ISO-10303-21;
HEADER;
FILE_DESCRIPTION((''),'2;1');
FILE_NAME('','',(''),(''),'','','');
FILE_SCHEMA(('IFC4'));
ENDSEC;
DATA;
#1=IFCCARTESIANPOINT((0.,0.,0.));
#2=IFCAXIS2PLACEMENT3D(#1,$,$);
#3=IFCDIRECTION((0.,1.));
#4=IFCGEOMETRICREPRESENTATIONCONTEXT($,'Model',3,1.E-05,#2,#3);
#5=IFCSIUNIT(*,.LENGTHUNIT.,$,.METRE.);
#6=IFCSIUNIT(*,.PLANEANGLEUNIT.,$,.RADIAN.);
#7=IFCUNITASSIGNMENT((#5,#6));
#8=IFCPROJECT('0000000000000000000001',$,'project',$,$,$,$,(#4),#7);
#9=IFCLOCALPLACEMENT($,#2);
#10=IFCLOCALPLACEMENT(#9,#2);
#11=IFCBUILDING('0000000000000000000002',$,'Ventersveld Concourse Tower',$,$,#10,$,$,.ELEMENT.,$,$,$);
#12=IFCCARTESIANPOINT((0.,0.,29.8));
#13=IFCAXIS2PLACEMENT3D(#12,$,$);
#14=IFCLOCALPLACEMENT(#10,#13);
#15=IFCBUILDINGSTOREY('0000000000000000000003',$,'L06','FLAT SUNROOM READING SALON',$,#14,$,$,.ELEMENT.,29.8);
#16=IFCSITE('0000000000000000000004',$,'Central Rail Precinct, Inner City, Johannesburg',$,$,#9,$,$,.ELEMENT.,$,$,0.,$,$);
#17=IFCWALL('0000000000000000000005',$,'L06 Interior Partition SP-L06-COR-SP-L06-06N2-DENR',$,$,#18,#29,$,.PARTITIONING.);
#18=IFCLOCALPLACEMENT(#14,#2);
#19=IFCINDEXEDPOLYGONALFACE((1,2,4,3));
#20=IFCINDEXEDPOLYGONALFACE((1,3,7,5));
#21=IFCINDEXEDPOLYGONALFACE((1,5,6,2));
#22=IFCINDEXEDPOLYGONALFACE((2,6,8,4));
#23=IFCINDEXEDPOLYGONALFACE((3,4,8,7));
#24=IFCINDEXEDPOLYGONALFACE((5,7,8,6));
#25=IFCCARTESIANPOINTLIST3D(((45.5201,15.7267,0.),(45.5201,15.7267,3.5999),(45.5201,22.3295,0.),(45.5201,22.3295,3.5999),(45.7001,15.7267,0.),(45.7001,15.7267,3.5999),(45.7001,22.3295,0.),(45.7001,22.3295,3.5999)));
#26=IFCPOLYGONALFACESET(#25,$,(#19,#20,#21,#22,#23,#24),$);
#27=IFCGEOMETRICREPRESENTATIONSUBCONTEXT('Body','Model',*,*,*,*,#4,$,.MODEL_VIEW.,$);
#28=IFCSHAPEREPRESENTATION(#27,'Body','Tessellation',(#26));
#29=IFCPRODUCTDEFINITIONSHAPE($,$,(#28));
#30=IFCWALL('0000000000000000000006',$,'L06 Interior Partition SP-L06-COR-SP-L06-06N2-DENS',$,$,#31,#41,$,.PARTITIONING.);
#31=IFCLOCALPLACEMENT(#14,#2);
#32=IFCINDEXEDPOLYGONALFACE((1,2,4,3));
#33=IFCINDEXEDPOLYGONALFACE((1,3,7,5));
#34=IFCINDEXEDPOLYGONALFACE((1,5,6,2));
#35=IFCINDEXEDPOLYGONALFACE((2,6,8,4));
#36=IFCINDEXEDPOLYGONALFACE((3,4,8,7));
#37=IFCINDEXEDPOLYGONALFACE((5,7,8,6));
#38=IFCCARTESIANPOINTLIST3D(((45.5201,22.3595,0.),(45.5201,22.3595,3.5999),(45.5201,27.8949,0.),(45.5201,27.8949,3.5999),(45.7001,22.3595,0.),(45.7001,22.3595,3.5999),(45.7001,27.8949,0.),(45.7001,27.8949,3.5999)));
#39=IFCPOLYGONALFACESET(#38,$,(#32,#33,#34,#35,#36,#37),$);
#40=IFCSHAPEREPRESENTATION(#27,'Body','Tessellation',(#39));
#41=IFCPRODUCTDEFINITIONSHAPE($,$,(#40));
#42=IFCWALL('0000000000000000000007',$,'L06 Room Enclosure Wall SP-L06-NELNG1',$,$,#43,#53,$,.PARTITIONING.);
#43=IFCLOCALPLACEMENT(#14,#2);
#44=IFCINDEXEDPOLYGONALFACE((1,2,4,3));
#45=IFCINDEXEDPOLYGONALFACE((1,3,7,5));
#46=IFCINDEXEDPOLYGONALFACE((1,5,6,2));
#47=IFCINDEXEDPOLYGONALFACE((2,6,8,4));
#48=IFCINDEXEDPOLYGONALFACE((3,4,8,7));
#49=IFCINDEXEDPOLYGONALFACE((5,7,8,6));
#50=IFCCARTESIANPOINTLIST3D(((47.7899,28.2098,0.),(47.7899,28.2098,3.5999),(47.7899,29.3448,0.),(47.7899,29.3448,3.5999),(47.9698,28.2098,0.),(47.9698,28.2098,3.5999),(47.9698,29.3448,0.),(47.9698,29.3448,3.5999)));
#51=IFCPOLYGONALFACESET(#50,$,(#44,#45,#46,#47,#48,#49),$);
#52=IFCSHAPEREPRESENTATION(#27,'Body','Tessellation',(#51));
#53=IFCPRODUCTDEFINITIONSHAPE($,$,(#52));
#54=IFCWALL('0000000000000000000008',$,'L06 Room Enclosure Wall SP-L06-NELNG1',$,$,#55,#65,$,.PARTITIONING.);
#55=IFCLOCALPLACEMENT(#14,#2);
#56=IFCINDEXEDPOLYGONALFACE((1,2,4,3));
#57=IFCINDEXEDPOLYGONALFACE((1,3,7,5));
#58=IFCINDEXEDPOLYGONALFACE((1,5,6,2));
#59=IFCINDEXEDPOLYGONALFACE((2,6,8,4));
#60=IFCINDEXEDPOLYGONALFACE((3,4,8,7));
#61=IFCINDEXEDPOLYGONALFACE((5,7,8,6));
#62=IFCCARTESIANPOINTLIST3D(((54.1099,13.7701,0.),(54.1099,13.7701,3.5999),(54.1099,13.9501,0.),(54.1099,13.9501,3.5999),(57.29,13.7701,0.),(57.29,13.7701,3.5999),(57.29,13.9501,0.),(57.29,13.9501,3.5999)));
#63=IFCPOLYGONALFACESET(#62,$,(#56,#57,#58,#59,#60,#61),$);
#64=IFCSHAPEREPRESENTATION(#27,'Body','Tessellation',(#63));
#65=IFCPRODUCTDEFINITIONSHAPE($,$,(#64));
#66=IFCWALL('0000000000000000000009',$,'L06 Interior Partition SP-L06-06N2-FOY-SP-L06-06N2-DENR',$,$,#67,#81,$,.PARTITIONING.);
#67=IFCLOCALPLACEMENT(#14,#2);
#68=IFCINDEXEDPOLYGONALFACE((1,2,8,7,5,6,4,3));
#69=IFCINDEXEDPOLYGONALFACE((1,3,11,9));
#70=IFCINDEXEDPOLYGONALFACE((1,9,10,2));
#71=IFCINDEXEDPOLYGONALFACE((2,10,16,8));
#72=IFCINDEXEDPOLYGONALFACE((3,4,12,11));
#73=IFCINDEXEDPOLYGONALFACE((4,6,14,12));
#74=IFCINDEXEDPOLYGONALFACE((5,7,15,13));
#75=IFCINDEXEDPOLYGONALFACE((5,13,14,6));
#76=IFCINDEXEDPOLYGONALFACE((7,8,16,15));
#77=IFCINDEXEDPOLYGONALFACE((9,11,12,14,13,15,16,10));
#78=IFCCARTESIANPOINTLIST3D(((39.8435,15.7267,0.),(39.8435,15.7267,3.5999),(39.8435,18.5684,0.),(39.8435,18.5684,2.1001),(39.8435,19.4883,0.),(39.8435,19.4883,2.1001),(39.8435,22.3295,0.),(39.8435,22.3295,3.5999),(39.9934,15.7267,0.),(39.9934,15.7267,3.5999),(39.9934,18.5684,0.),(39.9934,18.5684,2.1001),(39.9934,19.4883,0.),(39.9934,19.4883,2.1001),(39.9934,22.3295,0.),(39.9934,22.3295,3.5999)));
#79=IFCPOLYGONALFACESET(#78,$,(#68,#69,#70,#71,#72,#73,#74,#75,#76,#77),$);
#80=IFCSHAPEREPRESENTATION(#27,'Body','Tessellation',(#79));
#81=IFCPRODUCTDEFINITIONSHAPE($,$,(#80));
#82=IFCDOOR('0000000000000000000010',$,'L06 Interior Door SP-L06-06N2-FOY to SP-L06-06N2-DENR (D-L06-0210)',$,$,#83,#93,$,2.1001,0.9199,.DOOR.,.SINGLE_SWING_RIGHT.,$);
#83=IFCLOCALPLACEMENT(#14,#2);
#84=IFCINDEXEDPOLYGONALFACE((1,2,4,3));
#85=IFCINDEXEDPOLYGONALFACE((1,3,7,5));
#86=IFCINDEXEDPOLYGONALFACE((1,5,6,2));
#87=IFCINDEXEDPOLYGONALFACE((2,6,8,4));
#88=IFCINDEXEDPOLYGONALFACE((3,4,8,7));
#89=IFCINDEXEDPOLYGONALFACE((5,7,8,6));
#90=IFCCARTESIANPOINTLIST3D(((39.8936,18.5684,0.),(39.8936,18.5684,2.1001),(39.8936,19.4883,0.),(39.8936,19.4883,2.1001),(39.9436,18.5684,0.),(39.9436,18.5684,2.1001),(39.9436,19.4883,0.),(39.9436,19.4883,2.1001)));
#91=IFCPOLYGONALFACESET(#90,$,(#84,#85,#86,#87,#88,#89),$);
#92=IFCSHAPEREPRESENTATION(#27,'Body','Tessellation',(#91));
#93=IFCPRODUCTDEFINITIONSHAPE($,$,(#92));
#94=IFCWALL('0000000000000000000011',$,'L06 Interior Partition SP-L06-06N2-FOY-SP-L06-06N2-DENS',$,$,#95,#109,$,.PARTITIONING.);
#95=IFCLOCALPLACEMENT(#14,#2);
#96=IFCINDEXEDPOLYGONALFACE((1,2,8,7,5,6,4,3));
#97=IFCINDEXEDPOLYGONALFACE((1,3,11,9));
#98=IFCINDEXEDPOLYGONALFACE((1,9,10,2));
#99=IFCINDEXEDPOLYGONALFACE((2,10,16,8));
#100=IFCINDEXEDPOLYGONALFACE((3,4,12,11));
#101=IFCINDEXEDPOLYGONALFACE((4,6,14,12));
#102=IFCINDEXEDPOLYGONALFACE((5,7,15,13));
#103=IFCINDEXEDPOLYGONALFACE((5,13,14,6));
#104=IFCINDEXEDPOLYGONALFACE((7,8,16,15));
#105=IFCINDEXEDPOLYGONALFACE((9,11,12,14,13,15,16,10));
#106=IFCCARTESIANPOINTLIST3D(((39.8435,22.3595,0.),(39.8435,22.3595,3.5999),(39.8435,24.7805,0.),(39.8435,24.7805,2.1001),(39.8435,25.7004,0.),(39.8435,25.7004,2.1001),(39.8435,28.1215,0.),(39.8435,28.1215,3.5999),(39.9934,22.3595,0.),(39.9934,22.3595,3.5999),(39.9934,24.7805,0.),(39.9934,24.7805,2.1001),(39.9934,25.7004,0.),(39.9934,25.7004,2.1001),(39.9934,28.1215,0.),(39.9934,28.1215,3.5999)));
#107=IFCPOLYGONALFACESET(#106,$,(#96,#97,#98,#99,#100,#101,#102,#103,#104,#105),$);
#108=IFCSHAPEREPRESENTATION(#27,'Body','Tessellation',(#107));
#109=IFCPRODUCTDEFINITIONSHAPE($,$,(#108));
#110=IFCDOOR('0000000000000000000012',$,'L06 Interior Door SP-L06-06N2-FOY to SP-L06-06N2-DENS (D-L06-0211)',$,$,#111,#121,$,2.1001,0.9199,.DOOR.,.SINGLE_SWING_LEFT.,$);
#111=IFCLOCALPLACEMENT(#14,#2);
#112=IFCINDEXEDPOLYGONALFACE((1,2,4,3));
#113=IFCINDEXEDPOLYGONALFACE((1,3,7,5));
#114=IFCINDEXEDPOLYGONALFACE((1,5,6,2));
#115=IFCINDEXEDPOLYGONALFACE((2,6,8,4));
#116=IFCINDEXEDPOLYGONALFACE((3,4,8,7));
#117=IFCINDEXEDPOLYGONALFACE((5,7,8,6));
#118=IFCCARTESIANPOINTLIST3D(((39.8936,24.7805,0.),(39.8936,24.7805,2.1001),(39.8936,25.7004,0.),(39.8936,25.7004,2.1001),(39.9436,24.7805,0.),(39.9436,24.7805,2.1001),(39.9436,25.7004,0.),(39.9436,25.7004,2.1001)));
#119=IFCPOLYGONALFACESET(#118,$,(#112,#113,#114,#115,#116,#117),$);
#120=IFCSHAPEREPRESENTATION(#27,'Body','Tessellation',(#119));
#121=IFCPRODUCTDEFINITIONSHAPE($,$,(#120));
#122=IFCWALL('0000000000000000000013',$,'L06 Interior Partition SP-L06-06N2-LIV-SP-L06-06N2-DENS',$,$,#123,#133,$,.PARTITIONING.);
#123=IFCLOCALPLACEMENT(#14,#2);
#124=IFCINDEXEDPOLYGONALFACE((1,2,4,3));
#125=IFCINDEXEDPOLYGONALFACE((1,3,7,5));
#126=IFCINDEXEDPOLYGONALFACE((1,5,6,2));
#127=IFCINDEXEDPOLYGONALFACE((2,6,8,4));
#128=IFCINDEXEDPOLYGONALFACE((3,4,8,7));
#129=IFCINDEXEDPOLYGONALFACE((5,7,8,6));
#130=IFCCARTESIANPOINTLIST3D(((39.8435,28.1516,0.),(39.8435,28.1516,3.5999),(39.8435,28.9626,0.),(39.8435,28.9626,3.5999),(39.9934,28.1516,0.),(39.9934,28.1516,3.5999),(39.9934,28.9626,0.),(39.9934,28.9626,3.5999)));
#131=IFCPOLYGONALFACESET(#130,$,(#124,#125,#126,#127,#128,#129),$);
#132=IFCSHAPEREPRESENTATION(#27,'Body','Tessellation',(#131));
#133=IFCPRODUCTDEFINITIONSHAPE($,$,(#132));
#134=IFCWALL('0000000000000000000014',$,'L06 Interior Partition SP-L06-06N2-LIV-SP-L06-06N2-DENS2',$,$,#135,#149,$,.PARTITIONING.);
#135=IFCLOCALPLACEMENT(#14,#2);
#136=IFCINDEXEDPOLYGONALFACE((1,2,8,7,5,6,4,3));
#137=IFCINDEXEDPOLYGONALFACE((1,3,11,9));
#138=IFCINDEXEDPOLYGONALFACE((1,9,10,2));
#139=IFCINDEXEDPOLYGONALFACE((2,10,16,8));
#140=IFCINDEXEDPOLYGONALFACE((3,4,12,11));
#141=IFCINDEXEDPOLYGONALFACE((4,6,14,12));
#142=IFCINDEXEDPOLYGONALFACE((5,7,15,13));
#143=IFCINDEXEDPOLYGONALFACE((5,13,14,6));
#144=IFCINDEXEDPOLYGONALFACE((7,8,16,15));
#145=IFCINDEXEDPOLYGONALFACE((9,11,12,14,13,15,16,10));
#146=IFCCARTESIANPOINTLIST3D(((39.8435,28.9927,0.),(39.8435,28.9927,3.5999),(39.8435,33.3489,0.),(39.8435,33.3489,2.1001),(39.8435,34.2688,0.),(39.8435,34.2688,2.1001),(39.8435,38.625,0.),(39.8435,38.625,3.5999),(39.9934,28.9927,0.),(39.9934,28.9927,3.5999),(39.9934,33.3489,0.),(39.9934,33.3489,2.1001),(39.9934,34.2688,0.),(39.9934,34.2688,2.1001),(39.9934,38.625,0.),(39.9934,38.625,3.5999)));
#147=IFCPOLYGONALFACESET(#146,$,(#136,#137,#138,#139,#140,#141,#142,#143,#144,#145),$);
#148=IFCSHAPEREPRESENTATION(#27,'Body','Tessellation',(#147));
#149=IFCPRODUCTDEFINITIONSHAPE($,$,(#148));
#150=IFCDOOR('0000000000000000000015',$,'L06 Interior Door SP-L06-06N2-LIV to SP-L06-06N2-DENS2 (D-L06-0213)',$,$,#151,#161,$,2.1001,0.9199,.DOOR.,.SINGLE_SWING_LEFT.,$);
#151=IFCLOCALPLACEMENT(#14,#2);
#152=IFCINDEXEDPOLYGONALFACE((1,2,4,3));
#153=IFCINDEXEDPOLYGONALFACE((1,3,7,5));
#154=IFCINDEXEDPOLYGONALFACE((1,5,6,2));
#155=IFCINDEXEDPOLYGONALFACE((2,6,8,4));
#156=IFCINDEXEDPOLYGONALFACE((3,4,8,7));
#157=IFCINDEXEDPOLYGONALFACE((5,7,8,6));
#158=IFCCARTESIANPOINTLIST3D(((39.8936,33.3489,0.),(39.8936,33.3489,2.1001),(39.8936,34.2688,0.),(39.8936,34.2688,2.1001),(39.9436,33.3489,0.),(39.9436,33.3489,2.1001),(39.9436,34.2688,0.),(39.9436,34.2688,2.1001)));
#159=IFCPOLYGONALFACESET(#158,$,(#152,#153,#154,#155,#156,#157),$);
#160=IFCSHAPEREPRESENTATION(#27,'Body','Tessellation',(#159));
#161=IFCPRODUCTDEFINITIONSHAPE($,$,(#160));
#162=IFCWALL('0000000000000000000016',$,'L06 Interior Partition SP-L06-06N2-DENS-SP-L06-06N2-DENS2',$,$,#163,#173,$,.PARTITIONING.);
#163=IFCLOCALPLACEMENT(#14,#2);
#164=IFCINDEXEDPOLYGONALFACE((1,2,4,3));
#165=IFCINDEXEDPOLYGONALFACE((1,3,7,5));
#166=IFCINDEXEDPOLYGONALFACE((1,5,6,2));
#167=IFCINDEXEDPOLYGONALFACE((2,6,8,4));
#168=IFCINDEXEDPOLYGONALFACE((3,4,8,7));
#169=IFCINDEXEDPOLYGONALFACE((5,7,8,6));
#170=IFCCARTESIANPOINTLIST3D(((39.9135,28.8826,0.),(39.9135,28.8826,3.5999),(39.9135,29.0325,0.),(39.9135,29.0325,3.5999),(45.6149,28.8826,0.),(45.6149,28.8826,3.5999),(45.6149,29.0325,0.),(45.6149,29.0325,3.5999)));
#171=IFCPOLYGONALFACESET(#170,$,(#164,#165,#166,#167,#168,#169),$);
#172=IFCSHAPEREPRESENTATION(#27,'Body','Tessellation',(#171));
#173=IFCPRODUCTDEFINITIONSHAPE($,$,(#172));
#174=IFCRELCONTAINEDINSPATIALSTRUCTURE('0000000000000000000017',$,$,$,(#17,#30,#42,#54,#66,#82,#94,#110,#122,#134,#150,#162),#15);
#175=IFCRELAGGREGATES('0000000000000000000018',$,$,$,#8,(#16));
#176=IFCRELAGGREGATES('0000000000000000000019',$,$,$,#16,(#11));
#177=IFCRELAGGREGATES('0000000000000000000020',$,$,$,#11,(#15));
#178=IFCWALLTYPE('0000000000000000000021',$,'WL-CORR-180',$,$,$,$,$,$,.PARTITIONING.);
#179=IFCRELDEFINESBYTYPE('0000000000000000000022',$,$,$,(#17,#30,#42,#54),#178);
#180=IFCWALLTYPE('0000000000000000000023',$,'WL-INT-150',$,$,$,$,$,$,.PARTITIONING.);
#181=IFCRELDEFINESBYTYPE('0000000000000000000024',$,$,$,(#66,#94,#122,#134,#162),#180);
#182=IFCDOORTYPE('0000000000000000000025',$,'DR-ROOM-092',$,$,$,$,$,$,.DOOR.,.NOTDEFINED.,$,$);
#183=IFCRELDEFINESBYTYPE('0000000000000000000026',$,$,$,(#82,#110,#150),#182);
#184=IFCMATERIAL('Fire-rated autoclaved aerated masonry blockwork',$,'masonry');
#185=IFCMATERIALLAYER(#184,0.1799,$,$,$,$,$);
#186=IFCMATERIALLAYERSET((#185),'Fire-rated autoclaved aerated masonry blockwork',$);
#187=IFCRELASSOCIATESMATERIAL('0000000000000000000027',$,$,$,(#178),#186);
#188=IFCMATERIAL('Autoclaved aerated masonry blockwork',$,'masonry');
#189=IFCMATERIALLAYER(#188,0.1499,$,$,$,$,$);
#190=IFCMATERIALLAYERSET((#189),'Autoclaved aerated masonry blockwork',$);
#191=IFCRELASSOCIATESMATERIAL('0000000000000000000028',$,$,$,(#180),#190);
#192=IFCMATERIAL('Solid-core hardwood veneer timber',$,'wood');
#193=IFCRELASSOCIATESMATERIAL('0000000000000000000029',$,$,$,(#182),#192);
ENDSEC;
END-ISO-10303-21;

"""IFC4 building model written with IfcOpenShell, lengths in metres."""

from ifc_helpers import new_model, si_unit, direction, frame, frame_2d, origin, place, context, subcontext, project, spatial, rectangle, extrude, material, layer, layer_set, type_object, element, fill, save


model = new_model("IFC4")

# Units and contexts
model_context = context("Model", 3, precision=1e-05, world=origin(), true_north=direction((0.0, 1.0)))
body_context = subcontext(model_context, "Body", "Model", "MODEL_VIEW")
ifc_project = project(units=[si_unit("LENGTHUNIT", "METRE"), si_unit("PLANEANGLEUNIT", "RADIAN")], contexts=[model_context])

# Site, building, storey
site_placement = place(None, origin())
site = spatial("IfcSite", under=ifc_project, at=site_placement, Name="Central Rail Precinct, Inner City, Johannesburg", CompositionType="ELEMENT", RefElevation=0.0)
building_placement = place(site_placement, origin())
building = spatial("IfcBuilding", under=site, at=building_placement, Name="Ventersveld Concourse Tower", CompositionType="ELEMENT")
storey_placement = place(building_placement, frame((0.0, 0.0, 29.8)))
storey = spatial("IfcBuildingStorey", under=building, at=storey_placement, Name="L06", Description="FLAT SUNROOM READING SALON", CompositionType="ELEMENT", Elevation=29.8)

# Walls
ifc_material_1 = material(Name="Fire-rated autoclaved aerated masonry blockwork", Category="masonry")
ifc_layer_1 = layer(ifc_material_1, 0.1799)
ifc_layer_set_1 = layer_set([ifc_layer_1], Name="Fire-rated autoclaved aerated masonry blockwork")
wall_type_1 = type_object("IfcWallType", Name="WL-CORR-180", PredefinedType="PARTITIONING", material=ifc_layer_set_1)
wall_1_placement = place(storey_placement, frame((45.6101, 15.7268, 0.0), z_axis=(0.0, 0.0, 1.0), x_axis=(0.0, 1.0, 0.0)))
element("IfcWall", 1, at=wall_1_placement, inside=storey, type_object=wall_type_1, Name="L06 Interior Partition SP-L06-COR-SP-L06-06N2-DENR", PredefinedType="PARTITIONING", context=body_context, shape_type="SweptSolid", body=[
    extrude(rectangle(XDim=6.6028, YDim=0.1799, at=frame_2d((3.3013, 0.0))), origin(), (0.0, 0.0, 1.0), 3.5999),
])
wall_2_placement = place(storey_placement, frame((45.6101, 22.3596, 0.0), z_axis=(0.0, 0.0, 1.0), x_axis=(0.0, 1.0, 0.0)))
element("IfcWall", 2, at=wall_2_placement, inside=storey, type_object=wall_type_1, Name="L06 Interior Partition SP-L06-COR-SP-L06-06N2-DENS", PredefinedType="PARTITIONING", context=body_context, shape_type="SweptSolid", body=[
    extrude(rectangle(XDim=5.5354, YDim=0.1799, at=frame_2d((2.7676, 0.0))), origin(), (0.0, 0.0, 1.0), 3.5999),
])
wall_3_placement = place(storey_placement, frame((47.8799, 28.21, 0.0), z_axis=(0.0, 0.0, 1.0), x_axis=(0.0, 1.0, 0.0)))
element("IfcWall", 3, at=wall_3_placement, inside=storey, type_object=wall_type_1, Name="L06 Room Enclosure Wall SP-L06-NELNG1", PredefinedType="PARTITIONING", context=body_context, shape_type="SweptSolid", body=[
    extrude(rectangle(XDim=1.135, YDim=0.1799, at=frame_2d((0.5674, 0.0))), origin(), (0.0, 0.0, 1.0), 3.5999),
])
wall_4_placement = place(storey_placement, frame((57.29, 13.8601, 0.0), z_axis=(0.0, 0.0, 1.0), x_axis=(-1.0, 0.0, 0.0)))
element("IfcWall", 4, at=wall_4_placement, inside=storey, type_object=wall_type_1, Name="L06 Room Enclosure Wall SP-L06-NELNG1", PredefinedType="PARTITIONING", context=body_context, shape_type="SweptSolid", body=[
    extrude(rectangle(XDim=3.1802, YDim=0.1799, at=frame_2d((1.5901, 0.0))), origin(), (0.0, 0.0, 1.0), 3.5999),
])

# Walls, openings, doors
ifc_material_2 = material(Name="Autoclaved aerated masonry blockwork", Category="masonry")
ifc_layer_2 = layer(ifc_material_2, 0.1499)
ifc_layer_set_2 = layer_set([ifc_layer_2], Name="Autoclaved aerated masonry blockwork")
wall_type_2 = type_object("IfcWallType", Name="WL-INT-150", PredefinedType="PARTITIONING", material=ifc_layer_set_2)
wall_5_placement = place(storey_placement, frame((39.9185, 15.7268, 0.0), z_axis=(0.0, 0.0, 1.0), x_axis=(0.0, 1.0, 0.0)))
wall_5 = element("IfcWall", 5, at=wall_5_placement, inside=storey, type_object=wall_type_2, Name="L06 Interior Partition SP-L06-06N2-FOY-SP-L06-06N2-DENR", PredefinedType="PARTITIONING", context=body_context, shape_type="SweptSolid", body=[
    extrude(rectangle(XDim=6.6028, YDim=0.1499, at=frame_2d((3.3013, 0.0))), origin(), (0.0, 0.0, 1.0), 3.5999),
])
opening_1_placement = place(wall_5_placement, frame((2.8416, 0.0, 0.0)))
opening_1 = element("IfcOpeningElement", 6, at=opening_1_placement, cuts=wall_5, PredefinedType="OPENING", context=body_context, shape_type="SweptSolid", body=[
    extrude(rectangle(XDim=0.9199, YDim=2.1001, at=frame_2d((0.46, 1.05))), frame((0.0, 0.085, 0.0), z_axis=(0.0, -1.0, 0.0), x_axis=(1.0, 0.0, 0.0)), (0.0, 0.0, 1.0), 0.1699),
])
ifc_material_3 = material(Name="Solid-core hardwood veneer timber", Category="wood")
door_type = type_object("IfcDoorType", Name="DR-ROOM-092", OperationType="NOTDEFINED", PredefinedType="DOOR", material=ifc_material_3)
door_1_placement = place(opening_1_placement, origin())
door_1 = element("IfcDoor", 7, at=door_1_placement, inside=storey, type_object=door_type, Name="L06 Interior Door SP-L06-06N2-FOY to SP-L06-06N2-DENR (D-L06-0210)", OperationType="SINGLE_SWING_RIGHT", OverallHeight=2.1001, OverallWidth=0.9199, PredefinedType="DOOR", context=body_context, shape_type="SweptSolid", body=[
    extrude(rectangle(XDim=0.9199, YDim=2.1001, at=frame_2d((0.46, 1.05))), frame((0.0, 0.0249, 0.0), z_axis=(0.0, -1.0, 0.0), x_axis=(1.0, 0.0, 0.0)), (0.0, 0.0, 1.0), 0.05),
])
fill(opening_1, door_1)
wall_6_placement = place(storey_placement, frame((39.9185, 22.3596, 0.0), z_axis=(0.0, 0.0, 1.0), x_axis=(0.0, 1.0, 0.0)))
wall_6 = element("IfcWall", 8, at=wall_6_placement, inside=storey, type_object=wall_type_2, Name="L06 Interior Partition SP-L06-06N2-FOY-SP-L06-06N2-DENS", PredefinedType="PARTITIONING", context=body_context, shape_type="SweptSolid", body=[
    extrude(rectangle(XDim=5.762, YDim=0.1499, at=frame_2d((2.8809, 0.0))), origin(), (0.0, 0.0, 1.0), 3.5999),
])
opening_2_placement = place(wall_6_placement, frame((2.4209, 0.0, 0.0)))
opening_2 = element("IfcOpeningElement", 9, at=opening_2_placement, cuts=wall_6, PredefinedType="OPENING", context=body_context, shape_type="SweptSolid", body=[
    extrude(rectangle(XDim=0.9199, YDim=2.1001, at=frame_2d((0.46, 1.05))), frame((0.0, 0.085, 0.0), z_axis=(0.0, -1.0, 0.0), x_axis=(1.0, 0.0, 0.0)), (0.0, 0.0, 1.0), 0.1699),
])
door_2_placement = place(opening_2_placement, origin())
door_2 = element("IfcDoor", 10, at=door_2_placement, inside=storey, type_object=door_type, Name="L06 Interior Door SP-L06-06N2-FOY to SP-L06-06N2-DENS (D-L06-0211)", OperationType="SINGLE_SWING_LEFT", OverallHeight=2.1001, OverallWidth=0.9199, PredefinedType="DOOR", context=body_context, shape_type="SweptSolid", body=[
    extrude(rectangle(XDim=0.9199, YDim=2.1001, at=frame_2d((0.46, 1.05))), frame((0.0, 0.0249, 0.0), z_axis=(0.0, -1.0, 0.0), x_axis=(1.0, 0.0, 0.0)), (0.0, 0.0, 1.0), 0.05),
])
fill(opening_2, door_2)

# Wall
wall_7_placement = place(storey_placement, frame((39.9185, 28.1516, 0.0), z_axis=(0.0, 0.0, 1.0), x_axis=(0.0, 1.0, 0.0)))
element("IfcWall", 11, at=wall_7_placement, inside=storey, type_object=wall_type_2, Name="L06 Interior Partition SP-L06-06N2-LIV-SP-L06-06N2-DENS", PredefinedType="PARTITIONING", context=body_context, shape_type="SweptSolid", body=[
    extrude(rectangle(XDim=0.811, YDim=0.1499, at=frame_2d((0.4055, 0.0))), origin(), (0.0, 0.0, 1.0), 3.5999),
])

# Wall, opening, door
wall_8_placement = place(storey_placement, frame((39.9185, 28.9927, 0.0), z_axis=(0.0, 0.0, 1.0), x_axis=(0.0, 1.0, 0.0)))
wall_8 = element("IfcWall", 12, at=wall_8_placement, inside=storey, type_object=wall_type_2, Name="L06 Interior Partition SP-L06-06N2-LIV-SP-L06-06N2-DENS2", PredefinedType="PARTITIONING", context=body_context, shape_type="SweptSolid", body=[
    extrude(rectangle(XDim=9.6323, YDim=0.1499, at=frame_2d((4.8162, 0.0))), origin(), (0.0, 0.0, 1.0), 3.5999),
])
opening_3_placement = place(wall_8_placement, frame((4.3562, 0.0, 0.0)))
opening_3 = element("IfcOpeningElement", 13, at=opening_3_placement, cuts=wall_8, PredefinedType="OPENING", context=body_context, shape_type="SweptSolid", body=[
    extrude(rectangle(XDim=0.9199, YDim=2.1001, at=frame_2d((0.46, 1.05))), frame((0.0, 0.085, 0.0), z_axis=(0.0, -1.0, 0.0), x_axis=(1.0, 0.0, 0.0)), (0.0, 0.0, 1.0), 0.1699),
])
door_3_placement = place(opening_3_placement, origin())
door_3 = element("IfcDoor", 14, at=door_3_placement, inside=storey, type_object=door_type, Name="L06 Interior Door SP-L06-06N2-LIV to SP-L06-06N2-DENS2 (D-L06-0213)", OperationType="SINGLE_SWING_LEFT", OverallHeight=2.1001, OverallWidth=0.9199, PredefinedType="DOOR", context=body_context, shape_type="SweptSolid", body=[
    extrude(rectangle(XDim=0.9199, YDim=2.1001, at=frame_2d((0.46, 1.05))), frame((0.0, 0.0249, 0.0), z_axis=(0.0, -1.0, 0.0), x_axis=(1.0, 0.0, 0.0)), (0.0, 0.0, 1.0), 0.05),
])
fill(opening_3, door_3)

# Wall
wall_9_placement = place(storey_placement, frame((39.9136, 28.9575, 0.0), z_axis=(0.0, 0.0, 1.0), x_axis=(1.0, 0.0, 0.0)))
element("IfcWall", 15, at=wall_9_placement, inside=storey, type_object=wall_type_2, Name="L06 Interior Partition SP-L06-06N2-DENS-SP-L06-06N2-DENS2", PredefinedType="PARTITIONING", context=body_context, shape_type="SweptSolid", body=[
    extrude(rectangle(XDim=5.7014, YDim=0.1499, at=frame_2d((2.8506, 0.0))), origin(), (0.0, 0.0, 1.0), 3.5999),
])

save(model, "model.ifc")
